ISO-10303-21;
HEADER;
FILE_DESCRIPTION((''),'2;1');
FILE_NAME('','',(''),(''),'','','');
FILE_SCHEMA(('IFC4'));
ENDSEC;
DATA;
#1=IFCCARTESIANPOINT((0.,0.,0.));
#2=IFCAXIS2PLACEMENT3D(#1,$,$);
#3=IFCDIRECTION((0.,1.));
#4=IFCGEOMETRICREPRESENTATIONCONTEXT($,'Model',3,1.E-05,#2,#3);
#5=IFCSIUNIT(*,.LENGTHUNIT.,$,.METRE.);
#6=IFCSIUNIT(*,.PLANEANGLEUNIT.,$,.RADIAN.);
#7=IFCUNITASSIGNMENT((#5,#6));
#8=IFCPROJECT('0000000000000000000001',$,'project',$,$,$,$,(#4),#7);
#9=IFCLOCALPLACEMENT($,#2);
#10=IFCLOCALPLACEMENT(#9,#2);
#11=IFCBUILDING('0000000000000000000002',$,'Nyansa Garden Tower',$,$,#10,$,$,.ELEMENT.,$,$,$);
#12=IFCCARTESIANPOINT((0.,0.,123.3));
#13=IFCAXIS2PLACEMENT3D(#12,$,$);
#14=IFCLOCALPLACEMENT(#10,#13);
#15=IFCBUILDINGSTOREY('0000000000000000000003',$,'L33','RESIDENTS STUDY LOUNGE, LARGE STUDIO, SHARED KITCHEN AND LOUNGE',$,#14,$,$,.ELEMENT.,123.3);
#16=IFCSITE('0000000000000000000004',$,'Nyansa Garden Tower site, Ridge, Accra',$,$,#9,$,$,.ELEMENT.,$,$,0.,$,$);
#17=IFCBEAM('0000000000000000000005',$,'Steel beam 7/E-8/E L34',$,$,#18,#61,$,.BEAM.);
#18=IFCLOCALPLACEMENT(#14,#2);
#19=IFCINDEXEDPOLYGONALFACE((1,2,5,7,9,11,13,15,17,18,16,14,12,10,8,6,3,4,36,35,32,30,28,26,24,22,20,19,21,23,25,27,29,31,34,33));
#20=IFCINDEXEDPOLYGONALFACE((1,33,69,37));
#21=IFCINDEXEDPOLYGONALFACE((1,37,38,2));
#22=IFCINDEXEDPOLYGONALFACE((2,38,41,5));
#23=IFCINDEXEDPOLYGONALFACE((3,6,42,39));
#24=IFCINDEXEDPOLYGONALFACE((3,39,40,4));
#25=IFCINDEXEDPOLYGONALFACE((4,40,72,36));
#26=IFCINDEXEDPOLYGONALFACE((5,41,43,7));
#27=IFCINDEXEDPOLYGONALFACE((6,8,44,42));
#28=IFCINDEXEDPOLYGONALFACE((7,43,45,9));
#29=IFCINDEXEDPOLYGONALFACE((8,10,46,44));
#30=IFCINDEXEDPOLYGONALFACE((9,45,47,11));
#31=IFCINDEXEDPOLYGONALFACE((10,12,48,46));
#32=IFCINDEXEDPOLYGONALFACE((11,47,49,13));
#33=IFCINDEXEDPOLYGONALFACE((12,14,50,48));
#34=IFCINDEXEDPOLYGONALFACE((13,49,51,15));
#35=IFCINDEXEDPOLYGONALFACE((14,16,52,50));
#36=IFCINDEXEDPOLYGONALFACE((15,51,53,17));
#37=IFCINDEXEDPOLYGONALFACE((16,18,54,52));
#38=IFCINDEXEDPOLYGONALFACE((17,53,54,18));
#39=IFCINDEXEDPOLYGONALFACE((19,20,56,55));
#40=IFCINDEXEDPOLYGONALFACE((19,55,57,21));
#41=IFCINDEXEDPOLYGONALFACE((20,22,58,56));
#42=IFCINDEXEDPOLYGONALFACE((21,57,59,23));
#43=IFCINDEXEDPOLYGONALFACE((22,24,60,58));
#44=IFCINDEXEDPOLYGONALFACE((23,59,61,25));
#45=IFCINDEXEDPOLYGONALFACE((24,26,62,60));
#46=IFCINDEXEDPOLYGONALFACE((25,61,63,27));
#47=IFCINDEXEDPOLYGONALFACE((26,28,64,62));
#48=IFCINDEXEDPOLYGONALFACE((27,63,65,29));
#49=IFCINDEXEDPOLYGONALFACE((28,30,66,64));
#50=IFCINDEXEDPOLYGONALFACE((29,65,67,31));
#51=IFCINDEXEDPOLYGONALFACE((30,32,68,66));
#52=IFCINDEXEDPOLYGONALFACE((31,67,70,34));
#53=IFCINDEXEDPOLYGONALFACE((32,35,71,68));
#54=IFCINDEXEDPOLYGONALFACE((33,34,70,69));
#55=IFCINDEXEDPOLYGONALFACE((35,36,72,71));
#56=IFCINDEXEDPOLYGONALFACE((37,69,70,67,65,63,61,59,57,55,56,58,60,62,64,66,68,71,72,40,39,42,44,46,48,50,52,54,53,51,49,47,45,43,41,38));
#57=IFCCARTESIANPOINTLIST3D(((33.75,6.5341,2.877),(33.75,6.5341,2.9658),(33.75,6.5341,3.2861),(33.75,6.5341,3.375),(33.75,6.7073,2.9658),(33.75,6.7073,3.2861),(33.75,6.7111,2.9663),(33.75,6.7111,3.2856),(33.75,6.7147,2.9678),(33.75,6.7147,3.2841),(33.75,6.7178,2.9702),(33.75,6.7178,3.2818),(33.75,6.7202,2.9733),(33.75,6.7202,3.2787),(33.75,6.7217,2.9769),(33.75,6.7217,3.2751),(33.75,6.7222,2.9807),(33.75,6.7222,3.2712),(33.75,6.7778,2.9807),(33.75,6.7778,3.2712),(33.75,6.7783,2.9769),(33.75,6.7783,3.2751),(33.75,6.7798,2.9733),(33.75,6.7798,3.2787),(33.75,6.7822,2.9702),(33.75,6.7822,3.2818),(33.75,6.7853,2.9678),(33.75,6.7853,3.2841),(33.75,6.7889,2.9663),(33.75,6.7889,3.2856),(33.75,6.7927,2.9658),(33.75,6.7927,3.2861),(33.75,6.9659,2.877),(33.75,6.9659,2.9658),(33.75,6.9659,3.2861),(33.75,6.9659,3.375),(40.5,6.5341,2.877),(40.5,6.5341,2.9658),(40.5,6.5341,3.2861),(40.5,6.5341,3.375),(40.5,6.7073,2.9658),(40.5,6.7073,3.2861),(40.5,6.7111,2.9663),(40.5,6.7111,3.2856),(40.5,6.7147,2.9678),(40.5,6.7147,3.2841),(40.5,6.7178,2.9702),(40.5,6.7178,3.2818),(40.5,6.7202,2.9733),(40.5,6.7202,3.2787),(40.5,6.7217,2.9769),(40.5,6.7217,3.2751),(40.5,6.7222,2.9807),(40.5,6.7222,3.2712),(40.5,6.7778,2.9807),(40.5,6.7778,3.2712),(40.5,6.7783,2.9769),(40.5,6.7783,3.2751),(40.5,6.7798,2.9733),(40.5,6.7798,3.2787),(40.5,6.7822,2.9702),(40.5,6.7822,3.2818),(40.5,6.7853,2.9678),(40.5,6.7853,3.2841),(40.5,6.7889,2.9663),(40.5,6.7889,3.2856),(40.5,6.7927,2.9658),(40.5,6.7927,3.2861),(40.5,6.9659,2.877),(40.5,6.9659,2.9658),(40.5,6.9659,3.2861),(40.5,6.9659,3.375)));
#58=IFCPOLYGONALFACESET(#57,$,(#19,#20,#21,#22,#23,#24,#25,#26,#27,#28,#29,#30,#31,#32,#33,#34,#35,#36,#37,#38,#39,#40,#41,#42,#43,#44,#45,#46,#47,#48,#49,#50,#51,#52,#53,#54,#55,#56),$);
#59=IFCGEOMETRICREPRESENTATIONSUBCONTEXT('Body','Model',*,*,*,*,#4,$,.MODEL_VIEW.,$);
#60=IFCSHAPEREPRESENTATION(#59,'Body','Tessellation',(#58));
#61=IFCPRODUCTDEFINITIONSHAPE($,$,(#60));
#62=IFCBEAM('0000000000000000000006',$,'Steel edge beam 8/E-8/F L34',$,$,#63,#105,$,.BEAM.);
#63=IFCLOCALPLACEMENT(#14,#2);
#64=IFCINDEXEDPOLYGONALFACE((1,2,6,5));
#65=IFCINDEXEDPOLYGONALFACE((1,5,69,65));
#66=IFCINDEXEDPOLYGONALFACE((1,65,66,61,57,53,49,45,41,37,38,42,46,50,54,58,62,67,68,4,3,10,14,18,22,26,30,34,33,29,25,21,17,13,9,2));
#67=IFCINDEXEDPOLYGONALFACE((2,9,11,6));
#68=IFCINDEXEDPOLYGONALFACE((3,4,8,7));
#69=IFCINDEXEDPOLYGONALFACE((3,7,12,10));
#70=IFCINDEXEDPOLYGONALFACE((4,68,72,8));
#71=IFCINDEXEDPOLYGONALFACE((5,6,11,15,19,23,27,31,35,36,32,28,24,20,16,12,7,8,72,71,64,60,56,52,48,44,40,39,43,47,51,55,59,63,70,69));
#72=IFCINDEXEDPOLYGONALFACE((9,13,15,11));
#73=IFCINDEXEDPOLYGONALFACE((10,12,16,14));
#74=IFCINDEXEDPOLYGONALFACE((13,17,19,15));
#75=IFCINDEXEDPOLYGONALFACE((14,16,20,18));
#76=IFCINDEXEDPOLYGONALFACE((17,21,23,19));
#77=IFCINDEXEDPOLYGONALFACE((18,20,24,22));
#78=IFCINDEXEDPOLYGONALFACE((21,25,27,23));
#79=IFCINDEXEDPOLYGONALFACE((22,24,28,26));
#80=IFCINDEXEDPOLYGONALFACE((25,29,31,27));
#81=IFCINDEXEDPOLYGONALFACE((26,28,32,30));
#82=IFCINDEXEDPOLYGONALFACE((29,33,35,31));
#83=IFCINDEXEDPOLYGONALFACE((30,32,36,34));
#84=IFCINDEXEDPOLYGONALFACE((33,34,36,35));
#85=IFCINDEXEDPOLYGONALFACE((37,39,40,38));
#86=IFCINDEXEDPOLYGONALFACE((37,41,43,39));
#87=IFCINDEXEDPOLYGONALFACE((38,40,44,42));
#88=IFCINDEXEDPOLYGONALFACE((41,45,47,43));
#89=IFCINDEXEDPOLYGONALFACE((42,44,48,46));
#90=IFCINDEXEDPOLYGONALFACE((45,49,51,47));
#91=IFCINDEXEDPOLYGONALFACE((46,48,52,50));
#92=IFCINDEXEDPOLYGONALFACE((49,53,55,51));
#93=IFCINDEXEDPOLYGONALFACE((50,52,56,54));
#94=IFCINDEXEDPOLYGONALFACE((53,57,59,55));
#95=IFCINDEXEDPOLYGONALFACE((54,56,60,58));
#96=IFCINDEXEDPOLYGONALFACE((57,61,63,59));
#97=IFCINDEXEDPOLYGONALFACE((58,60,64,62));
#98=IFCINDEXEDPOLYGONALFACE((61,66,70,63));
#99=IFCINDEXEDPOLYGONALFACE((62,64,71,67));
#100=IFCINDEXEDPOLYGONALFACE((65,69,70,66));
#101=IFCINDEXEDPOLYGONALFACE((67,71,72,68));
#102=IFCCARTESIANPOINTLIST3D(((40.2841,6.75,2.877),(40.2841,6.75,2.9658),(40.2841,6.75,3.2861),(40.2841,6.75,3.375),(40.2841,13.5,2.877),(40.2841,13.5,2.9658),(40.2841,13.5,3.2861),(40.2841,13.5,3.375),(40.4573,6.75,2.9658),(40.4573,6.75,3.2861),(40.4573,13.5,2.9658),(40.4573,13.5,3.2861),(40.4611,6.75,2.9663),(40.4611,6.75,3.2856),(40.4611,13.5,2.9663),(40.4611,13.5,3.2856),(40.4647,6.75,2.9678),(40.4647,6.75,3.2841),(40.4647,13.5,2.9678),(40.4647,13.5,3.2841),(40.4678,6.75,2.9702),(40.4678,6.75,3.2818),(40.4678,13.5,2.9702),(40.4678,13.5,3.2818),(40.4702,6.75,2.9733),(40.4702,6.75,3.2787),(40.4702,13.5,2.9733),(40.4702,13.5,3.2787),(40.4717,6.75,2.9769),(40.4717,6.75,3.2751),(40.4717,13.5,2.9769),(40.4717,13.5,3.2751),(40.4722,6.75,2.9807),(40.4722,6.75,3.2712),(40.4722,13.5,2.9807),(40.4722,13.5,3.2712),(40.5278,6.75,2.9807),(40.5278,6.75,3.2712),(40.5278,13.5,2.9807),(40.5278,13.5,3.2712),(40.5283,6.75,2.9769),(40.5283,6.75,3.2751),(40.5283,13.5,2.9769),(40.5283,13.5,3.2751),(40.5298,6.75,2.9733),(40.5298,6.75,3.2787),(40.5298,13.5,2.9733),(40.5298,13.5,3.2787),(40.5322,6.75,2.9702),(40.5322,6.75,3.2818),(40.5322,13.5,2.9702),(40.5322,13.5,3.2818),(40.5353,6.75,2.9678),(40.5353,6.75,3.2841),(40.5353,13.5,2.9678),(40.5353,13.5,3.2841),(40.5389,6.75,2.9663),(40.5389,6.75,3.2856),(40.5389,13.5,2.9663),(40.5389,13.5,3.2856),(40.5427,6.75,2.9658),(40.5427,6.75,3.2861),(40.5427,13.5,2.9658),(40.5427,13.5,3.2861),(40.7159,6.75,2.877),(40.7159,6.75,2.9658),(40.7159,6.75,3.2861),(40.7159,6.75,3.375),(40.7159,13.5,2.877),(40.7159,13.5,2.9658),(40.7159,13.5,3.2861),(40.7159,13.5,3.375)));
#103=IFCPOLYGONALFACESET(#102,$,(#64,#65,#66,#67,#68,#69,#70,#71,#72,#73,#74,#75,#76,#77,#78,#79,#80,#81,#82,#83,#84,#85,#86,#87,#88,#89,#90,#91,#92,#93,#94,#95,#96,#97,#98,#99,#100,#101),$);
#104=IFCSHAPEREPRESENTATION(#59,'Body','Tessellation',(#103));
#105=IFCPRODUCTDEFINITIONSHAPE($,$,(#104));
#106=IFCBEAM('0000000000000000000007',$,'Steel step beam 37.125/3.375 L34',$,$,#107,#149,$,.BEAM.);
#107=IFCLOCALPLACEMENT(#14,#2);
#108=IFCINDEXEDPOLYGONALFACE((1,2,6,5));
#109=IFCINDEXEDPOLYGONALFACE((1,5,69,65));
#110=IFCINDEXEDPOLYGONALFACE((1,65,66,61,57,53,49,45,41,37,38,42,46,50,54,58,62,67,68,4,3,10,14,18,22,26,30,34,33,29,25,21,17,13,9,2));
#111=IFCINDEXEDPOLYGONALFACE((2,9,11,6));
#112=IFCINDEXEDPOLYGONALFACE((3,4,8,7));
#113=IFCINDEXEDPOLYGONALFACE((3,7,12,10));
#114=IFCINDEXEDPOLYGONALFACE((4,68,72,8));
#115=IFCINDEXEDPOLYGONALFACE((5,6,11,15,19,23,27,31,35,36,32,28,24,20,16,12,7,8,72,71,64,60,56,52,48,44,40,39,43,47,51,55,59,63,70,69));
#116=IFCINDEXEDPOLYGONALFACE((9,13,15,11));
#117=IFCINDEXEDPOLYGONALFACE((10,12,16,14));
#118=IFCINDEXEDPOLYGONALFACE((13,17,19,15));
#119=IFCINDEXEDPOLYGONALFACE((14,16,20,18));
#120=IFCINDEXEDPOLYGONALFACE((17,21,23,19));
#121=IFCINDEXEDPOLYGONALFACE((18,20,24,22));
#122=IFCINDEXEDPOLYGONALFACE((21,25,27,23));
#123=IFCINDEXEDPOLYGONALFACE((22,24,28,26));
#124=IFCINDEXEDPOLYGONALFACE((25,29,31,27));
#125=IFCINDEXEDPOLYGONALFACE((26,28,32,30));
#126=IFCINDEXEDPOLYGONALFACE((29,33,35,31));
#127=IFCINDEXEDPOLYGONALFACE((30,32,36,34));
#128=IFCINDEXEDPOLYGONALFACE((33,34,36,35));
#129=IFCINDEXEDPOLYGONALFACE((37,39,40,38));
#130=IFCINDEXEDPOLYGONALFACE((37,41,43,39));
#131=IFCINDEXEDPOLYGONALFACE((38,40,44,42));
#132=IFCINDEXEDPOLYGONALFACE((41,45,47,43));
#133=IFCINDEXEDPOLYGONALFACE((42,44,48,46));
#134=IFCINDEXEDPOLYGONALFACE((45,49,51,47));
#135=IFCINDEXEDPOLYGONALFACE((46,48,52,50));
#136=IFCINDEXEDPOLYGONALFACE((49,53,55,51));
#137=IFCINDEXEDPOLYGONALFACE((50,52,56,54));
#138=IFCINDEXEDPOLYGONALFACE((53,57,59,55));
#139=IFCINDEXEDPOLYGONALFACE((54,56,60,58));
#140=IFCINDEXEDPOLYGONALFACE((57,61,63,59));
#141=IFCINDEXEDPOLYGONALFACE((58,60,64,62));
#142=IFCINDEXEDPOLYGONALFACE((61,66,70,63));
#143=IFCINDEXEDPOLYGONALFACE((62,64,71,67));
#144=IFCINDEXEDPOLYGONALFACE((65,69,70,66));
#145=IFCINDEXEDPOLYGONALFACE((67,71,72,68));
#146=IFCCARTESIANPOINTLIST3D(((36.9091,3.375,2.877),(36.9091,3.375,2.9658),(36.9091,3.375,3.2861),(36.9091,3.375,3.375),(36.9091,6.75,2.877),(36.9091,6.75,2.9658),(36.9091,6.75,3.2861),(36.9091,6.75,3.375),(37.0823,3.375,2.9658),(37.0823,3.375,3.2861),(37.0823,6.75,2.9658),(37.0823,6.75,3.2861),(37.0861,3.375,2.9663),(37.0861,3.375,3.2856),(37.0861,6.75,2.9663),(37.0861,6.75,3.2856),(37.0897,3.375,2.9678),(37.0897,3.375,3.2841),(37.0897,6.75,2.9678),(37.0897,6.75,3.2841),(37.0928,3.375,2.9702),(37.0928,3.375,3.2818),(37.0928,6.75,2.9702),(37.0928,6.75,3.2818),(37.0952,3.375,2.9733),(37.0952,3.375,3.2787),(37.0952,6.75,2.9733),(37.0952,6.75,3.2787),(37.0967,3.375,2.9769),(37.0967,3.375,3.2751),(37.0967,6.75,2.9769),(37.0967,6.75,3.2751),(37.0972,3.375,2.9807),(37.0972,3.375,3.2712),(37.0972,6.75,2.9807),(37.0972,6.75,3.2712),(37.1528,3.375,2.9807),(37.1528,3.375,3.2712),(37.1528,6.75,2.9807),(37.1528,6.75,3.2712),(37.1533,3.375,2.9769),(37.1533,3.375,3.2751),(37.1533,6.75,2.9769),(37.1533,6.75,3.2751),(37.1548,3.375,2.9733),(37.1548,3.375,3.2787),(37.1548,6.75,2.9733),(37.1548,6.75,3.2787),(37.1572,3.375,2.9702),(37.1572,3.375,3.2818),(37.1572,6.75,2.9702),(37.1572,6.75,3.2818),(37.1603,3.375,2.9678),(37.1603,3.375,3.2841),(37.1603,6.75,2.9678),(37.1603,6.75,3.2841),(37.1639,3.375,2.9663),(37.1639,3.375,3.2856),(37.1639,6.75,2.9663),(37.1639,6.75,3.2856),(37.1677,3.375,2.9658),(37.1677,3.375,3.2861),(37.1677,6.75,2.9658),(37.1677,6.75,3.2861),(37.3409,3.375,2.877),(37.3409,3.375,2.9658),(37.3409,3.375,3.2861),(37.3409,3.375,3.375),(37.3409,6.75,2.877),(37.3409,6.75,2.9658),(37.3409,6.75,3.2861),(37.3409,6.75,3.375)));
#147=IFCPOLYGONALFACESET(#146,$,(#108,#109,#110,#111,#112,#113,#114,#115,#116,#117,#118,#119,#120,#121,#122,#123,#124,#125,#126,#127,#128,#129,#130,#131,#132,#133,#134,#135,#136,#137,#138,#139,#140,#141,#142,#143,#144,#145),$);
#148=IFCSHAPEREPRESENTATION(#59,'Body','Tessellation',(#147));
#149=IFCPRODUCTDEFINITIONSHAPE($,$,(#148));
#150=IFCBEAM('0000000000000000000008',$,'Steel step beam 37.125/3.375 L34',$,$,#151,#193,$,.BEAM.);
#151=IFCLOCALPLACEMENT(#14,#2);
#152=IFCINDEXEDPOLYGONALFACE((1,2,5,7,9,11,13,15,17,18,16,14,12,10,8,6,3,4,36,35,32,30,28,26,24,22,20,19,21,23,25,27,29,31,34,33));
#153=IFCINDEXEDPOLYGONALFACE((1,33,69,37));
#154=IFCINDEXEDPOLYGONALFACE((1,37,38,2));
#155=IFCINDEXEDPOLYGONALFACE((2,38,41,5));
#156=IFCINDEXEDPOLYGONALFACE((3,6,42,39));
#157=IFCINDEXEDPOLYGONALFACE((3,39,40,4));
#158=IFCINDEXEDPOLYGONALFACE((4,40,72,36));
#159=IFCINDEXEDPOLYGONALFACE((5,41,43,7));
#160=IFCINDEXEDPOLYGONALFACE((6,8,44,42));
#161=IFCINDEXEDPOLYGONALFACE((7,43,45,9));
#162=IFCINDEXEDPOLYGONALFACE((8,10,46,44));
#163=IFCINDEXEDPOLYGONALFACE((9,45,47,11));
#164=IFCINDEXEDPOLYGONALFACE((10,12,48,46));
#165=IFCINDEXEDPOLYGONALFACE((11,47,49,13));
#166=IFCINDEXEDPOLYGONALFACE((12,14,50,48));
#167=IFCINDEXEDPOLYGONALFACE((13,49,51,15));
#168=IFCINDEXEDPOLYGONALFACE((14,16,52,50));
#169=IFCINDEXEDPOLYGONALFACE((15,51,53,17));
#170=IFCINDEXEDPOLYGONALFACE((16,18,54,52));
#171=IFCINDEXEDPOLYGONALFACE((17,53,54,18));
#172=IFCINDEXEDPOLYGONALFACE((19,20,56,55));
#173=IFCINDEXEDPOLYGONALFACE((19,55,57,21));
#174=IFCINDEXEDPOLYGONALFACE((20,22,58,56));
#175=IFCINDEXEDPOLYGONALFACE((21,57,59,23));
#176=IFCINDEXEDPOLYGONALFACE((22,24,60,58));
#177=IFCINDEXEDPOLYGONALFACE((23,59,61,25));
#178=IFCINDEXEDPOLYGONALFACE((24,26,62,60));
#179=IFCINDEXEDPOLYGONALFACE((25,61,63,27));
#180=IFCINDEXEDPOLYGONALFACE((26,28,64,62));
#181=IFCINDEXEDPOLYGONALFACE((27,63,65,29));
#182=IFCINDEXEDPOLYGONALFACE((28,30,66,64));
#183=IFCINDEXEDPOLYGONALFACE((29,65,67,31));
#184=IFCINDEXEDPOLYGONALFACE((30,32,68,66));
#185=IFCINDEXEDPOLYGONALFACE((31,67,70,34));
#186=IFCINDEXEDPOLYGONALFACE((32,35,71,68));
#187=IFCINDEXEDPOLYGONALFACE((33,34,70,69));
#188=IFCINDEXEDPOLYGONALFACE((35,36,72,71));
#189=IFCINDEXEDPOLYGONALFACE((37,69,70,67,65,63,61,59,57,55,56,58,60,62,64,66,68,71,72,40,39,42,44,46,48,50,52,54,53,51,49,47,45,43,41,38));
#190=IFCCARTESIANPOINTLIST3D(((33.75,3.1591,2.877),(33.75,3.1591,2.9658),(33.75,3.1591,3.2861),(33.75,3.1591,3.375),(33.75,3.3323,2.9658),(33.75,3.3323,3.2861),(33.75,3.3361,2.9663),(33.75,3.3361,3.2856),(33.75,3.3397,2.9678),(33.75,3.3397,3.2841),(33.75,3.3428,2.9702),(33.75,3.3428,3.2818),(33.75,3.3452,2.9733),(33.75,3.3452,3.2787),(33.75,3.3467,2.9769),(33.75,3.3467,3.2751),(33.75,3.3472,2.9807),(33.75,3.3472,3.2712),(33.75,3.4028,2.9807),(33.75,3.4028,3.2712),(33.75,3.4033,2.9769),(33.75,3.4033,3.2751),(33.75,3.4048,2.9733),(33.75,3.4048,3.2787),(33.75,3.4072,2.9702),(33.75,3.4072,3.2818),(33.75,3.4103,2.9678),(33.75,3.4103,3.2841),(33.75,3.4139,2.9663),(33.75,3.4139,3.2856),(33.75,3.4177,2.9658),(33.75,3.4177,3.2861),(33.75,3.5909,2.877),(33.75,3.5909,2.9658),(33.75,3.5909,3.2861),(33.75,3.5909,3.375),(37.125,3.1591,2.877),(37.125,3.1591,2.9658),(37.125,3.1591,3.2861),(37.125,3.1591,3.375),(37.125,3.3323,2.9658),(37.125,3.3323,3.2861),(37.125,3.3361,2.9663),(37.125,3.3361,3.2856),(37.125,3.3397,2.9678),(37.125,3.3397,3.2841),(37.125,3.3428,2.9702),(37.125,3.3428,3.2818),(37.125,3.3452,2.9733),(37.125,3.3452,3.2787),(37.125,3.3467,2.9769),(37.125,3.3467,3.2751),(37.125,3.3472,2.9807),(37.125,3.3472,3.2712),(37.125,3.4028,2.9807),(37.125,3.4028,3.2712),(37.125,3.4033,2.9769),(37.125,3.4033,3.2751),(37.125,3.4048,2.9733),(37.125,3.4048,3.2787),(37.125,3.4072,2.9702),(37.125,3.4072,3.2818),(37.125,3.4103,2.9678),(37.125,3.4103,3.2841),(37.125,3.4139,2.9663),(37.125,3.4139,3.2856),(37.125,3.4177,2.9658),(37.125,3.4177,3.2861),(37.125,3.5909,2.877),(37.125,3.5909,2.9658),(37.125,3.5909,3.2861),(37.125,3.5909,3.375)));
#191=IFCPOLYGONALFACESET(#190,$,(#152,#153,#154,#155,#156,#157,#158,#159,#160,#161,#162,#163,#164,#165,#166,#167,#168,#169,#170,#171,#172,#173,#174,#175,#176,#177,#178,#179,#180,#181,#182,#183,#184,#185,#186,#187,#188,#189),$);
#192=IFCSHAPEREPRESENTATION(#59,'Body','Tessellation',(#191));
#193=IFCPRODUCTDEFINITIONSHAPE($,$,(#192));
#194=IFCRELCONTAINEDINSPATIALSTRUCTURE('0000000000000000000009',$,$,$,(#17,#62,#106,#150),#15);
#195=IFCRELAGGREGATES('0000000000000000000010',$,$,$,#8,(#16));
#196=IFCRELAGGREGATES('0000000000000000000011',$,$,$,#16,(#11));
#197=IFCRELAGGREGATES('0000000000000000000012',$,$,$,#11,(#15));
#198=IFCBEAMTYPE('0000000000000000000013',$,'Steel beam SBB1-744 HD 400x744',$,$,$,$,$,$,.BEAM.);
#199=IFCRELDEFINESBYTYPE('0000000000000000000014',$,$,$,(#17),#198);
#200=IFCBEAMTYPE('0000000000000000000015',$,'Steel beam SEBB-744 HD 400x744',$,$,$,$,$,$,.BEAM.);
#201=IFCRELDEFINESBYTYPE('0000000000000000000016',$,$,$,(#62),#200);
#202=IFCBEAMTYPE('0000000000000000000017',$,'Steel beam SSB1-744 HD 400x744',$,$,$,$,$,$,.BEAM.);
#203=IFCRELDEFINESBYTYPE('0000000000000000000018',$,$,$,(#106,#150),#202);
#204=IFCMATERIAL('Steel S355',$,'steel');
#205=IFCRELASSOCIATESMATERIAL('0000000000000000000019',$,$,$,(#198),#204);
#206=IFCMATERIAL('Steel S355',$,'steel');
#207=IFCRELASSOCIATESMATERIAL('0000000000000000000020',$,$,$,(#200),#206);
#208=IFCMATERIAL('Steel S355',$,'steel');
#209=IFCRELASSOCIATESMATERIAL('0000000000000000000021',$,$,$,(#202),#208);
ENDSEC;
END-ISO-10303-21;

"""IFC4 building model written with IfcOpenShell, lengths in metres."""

from ifc_helpers import new_model, si_unit, direction, frame, origin, origin_2d, place, context, subcontext, project, spatial, i_section, extrude, material, material_profile, profile_set, type_object, element, save


model = new_model("IFC4")

# Units and contexts
model_context = context("Model", 3, precision=1e-05, world=origin(), true_north=direction((0.0, 1.0)))
body_context = subcontext(model_context, "Body", "Model", "MODEL_VIEW")
ifc_project = project(units=[si_unit("LENGTHUNIT", "METRE"), si_unit("PLANEANGLEUNIT", "RADIAN")], contexts=[model_context])

# Site, building, storey
site_placement = place(None, origin())
site = spatial("IfcSite", under=ifc_project, at=site_placement, Name="Nyansa Garden Tower site, Ridge, Accra", CompositionType="ELEMENT", RefElevation=0.0)
building_placement = place(site_placement, origin())
building = spatial("IfcBuilding", under=site, at=building_placement, Name="Nyansa Garden Tower", CompositionType="ELEMENT")
storey_placement = place(building_placement, frame((0.0, 0.0, 123.3)))
storey = spatial("IfcBuildingStorey", under=building, at=storey_placement, Name="L33", Description="RESIDENTS STUDY LOUNGE, LARGE STUDIO, SHARED KITCHEN AND LOUNGE", CompositionType="ELEMENT", Elevation=123.3)

# Beams
ifc_material_1 = material(Name="Steel S355", Category="steel")
ifc_material_profile_1 = material_profile(ifc_material_1, i_section(OverallWidth=0.4319, OverallDepth=0.498, WebThickness=0.0557, FlangeThickness=0.0889, FilletRadius=0.0149, at=origin_2d()), Name="HD 400x744")
ifc_profile_set_1 = profile_set([ifc_material_profile_1], Name="Steel S355")
beam_type_1 = type_object("IfcBeamType", Name="Steel beam SBB1-744 HD 400x744", PredefinedType="BEAM", material=ifc_profile_set_1)
for number, where, z_axis, x_axis, name in (
    (1, (33.75, 6.75, 3.126), (1.0, 0.0, 0.0), (0.0, 1.0, 0.0), "Steel beam 7/E-8/E L34"),
):
    element("IfcBeam", number, at=place(storey_placement, frame(where, z_axis=z_axis, x_axis=x_axis)), inside=storey, type_object=beam_type_1, Name=name, PredefinedType="BEAM", context=body_context, shape_type="SweptSolid", body=[
        extrude(i_section(OverallWidth=0.4319, OverallDepth=0.498, WebThickness=0.0557, FlangeThickness=0.0889, FilletRadius=0.0149, at=origin_2d()), origin(), (0.0, 0.0, 1.0), 6.75),
    ])
ifc_material_2 = material(Name="Steel S355", Category="steel")
ifc_material_profile_2 = material_profile(ifc_material_2, i_section(OverallWidth=0.4319, OverallDepth=0.498, WebThickness=0.0557, FlangeThickness=0.0889, FilletRadius=0.0149, at=origin_2d()), Name="HD 400x744")
ifc_profile_set_2 = profile_set([ifc_material_profile_2], Name="Steel S355")
beam_type_2 = type_object("IfcBeamType", Name="Steel beam SEBB-744 HD 400x744", PredefinedType="BEAM", material=ifc_profile_set_2)
beam_placement = place(storey_placement, frame((40.5, 6.75, 3.126), z_axis=(0.0, 1.0, 0.0), x_axis=(-1.0, 0.0, 0.0)))
element("IfcBeam", 2, at=beam_placement, inside=storey, type_object=beam_type_2, Name="Steel edge beam 8/E-8/F L34", PredefinedType="BEAM", context=body_context, shape_type="SweptSolid", body=[
    extrude(i_section(OverallWidth=0.4319, OverallDepth=0.498, WebThickness=0.0557, FlangeThickness=0.0889, FilletRadius=0.0149, at=origin_2d()), origin(), (0.0, 0.0, 1.0), 6.75),
])
ifc_material_3 = material(Name="Steel S355", Category="steel")
ifc_material_profile_3 = material_profile(ifc_material_3, i_section(OverallWidth=0.4319, OverallDepth=0.498, WebThickness=0.0557, FlangeThickness=0.0889, FilletRadius=0.0149, at=origin_2d()), Name="HD 400x744")
ifc_profile_set_3 = profile_set([ifc_material_profile_3], Name="Steel S355")
beam_type_3 = type_object("IfcBeamType", Name="Steel beam SSB1-744 HD 400x744", PredefinedType="BEAM", material=ifc_profile_set_3)
for number, where, z_axis, x_axis, name in (
    (3, (37.125, 3.375, 3.126), (0.0, 1.0, 0.0), (-1.0, 0.0, 0.0), "Steel step beam 37.125/3.375 L34"),
    (4, (37.125, 3.375, 3.126), (-1.0, 0.0, 0.0), (0.0, -1.0, 0.0), "Steel step beam 37.125/3.375 L34"),
):
    element("IfcBeam", number, at=place(storey_placement, frame(where, z_axis=z_axis, x_axis=x_axis)), inside=storey, type_object=beam_type_3, Name=name, PredefinedType="BEAM", context=body_context, shape_type="SweptSolid", body=[
        extrude(i_section(OverallWidth=0.4319, OverallDepth=0.498, WebThickness=0.0557, FlangeThickness=0.0889, FilletRadius=0.0149, at=origin_2d()), origin(), (0.0, 0.0, 1.0), 3.375),
    ])

save(model, "model.ifc")
